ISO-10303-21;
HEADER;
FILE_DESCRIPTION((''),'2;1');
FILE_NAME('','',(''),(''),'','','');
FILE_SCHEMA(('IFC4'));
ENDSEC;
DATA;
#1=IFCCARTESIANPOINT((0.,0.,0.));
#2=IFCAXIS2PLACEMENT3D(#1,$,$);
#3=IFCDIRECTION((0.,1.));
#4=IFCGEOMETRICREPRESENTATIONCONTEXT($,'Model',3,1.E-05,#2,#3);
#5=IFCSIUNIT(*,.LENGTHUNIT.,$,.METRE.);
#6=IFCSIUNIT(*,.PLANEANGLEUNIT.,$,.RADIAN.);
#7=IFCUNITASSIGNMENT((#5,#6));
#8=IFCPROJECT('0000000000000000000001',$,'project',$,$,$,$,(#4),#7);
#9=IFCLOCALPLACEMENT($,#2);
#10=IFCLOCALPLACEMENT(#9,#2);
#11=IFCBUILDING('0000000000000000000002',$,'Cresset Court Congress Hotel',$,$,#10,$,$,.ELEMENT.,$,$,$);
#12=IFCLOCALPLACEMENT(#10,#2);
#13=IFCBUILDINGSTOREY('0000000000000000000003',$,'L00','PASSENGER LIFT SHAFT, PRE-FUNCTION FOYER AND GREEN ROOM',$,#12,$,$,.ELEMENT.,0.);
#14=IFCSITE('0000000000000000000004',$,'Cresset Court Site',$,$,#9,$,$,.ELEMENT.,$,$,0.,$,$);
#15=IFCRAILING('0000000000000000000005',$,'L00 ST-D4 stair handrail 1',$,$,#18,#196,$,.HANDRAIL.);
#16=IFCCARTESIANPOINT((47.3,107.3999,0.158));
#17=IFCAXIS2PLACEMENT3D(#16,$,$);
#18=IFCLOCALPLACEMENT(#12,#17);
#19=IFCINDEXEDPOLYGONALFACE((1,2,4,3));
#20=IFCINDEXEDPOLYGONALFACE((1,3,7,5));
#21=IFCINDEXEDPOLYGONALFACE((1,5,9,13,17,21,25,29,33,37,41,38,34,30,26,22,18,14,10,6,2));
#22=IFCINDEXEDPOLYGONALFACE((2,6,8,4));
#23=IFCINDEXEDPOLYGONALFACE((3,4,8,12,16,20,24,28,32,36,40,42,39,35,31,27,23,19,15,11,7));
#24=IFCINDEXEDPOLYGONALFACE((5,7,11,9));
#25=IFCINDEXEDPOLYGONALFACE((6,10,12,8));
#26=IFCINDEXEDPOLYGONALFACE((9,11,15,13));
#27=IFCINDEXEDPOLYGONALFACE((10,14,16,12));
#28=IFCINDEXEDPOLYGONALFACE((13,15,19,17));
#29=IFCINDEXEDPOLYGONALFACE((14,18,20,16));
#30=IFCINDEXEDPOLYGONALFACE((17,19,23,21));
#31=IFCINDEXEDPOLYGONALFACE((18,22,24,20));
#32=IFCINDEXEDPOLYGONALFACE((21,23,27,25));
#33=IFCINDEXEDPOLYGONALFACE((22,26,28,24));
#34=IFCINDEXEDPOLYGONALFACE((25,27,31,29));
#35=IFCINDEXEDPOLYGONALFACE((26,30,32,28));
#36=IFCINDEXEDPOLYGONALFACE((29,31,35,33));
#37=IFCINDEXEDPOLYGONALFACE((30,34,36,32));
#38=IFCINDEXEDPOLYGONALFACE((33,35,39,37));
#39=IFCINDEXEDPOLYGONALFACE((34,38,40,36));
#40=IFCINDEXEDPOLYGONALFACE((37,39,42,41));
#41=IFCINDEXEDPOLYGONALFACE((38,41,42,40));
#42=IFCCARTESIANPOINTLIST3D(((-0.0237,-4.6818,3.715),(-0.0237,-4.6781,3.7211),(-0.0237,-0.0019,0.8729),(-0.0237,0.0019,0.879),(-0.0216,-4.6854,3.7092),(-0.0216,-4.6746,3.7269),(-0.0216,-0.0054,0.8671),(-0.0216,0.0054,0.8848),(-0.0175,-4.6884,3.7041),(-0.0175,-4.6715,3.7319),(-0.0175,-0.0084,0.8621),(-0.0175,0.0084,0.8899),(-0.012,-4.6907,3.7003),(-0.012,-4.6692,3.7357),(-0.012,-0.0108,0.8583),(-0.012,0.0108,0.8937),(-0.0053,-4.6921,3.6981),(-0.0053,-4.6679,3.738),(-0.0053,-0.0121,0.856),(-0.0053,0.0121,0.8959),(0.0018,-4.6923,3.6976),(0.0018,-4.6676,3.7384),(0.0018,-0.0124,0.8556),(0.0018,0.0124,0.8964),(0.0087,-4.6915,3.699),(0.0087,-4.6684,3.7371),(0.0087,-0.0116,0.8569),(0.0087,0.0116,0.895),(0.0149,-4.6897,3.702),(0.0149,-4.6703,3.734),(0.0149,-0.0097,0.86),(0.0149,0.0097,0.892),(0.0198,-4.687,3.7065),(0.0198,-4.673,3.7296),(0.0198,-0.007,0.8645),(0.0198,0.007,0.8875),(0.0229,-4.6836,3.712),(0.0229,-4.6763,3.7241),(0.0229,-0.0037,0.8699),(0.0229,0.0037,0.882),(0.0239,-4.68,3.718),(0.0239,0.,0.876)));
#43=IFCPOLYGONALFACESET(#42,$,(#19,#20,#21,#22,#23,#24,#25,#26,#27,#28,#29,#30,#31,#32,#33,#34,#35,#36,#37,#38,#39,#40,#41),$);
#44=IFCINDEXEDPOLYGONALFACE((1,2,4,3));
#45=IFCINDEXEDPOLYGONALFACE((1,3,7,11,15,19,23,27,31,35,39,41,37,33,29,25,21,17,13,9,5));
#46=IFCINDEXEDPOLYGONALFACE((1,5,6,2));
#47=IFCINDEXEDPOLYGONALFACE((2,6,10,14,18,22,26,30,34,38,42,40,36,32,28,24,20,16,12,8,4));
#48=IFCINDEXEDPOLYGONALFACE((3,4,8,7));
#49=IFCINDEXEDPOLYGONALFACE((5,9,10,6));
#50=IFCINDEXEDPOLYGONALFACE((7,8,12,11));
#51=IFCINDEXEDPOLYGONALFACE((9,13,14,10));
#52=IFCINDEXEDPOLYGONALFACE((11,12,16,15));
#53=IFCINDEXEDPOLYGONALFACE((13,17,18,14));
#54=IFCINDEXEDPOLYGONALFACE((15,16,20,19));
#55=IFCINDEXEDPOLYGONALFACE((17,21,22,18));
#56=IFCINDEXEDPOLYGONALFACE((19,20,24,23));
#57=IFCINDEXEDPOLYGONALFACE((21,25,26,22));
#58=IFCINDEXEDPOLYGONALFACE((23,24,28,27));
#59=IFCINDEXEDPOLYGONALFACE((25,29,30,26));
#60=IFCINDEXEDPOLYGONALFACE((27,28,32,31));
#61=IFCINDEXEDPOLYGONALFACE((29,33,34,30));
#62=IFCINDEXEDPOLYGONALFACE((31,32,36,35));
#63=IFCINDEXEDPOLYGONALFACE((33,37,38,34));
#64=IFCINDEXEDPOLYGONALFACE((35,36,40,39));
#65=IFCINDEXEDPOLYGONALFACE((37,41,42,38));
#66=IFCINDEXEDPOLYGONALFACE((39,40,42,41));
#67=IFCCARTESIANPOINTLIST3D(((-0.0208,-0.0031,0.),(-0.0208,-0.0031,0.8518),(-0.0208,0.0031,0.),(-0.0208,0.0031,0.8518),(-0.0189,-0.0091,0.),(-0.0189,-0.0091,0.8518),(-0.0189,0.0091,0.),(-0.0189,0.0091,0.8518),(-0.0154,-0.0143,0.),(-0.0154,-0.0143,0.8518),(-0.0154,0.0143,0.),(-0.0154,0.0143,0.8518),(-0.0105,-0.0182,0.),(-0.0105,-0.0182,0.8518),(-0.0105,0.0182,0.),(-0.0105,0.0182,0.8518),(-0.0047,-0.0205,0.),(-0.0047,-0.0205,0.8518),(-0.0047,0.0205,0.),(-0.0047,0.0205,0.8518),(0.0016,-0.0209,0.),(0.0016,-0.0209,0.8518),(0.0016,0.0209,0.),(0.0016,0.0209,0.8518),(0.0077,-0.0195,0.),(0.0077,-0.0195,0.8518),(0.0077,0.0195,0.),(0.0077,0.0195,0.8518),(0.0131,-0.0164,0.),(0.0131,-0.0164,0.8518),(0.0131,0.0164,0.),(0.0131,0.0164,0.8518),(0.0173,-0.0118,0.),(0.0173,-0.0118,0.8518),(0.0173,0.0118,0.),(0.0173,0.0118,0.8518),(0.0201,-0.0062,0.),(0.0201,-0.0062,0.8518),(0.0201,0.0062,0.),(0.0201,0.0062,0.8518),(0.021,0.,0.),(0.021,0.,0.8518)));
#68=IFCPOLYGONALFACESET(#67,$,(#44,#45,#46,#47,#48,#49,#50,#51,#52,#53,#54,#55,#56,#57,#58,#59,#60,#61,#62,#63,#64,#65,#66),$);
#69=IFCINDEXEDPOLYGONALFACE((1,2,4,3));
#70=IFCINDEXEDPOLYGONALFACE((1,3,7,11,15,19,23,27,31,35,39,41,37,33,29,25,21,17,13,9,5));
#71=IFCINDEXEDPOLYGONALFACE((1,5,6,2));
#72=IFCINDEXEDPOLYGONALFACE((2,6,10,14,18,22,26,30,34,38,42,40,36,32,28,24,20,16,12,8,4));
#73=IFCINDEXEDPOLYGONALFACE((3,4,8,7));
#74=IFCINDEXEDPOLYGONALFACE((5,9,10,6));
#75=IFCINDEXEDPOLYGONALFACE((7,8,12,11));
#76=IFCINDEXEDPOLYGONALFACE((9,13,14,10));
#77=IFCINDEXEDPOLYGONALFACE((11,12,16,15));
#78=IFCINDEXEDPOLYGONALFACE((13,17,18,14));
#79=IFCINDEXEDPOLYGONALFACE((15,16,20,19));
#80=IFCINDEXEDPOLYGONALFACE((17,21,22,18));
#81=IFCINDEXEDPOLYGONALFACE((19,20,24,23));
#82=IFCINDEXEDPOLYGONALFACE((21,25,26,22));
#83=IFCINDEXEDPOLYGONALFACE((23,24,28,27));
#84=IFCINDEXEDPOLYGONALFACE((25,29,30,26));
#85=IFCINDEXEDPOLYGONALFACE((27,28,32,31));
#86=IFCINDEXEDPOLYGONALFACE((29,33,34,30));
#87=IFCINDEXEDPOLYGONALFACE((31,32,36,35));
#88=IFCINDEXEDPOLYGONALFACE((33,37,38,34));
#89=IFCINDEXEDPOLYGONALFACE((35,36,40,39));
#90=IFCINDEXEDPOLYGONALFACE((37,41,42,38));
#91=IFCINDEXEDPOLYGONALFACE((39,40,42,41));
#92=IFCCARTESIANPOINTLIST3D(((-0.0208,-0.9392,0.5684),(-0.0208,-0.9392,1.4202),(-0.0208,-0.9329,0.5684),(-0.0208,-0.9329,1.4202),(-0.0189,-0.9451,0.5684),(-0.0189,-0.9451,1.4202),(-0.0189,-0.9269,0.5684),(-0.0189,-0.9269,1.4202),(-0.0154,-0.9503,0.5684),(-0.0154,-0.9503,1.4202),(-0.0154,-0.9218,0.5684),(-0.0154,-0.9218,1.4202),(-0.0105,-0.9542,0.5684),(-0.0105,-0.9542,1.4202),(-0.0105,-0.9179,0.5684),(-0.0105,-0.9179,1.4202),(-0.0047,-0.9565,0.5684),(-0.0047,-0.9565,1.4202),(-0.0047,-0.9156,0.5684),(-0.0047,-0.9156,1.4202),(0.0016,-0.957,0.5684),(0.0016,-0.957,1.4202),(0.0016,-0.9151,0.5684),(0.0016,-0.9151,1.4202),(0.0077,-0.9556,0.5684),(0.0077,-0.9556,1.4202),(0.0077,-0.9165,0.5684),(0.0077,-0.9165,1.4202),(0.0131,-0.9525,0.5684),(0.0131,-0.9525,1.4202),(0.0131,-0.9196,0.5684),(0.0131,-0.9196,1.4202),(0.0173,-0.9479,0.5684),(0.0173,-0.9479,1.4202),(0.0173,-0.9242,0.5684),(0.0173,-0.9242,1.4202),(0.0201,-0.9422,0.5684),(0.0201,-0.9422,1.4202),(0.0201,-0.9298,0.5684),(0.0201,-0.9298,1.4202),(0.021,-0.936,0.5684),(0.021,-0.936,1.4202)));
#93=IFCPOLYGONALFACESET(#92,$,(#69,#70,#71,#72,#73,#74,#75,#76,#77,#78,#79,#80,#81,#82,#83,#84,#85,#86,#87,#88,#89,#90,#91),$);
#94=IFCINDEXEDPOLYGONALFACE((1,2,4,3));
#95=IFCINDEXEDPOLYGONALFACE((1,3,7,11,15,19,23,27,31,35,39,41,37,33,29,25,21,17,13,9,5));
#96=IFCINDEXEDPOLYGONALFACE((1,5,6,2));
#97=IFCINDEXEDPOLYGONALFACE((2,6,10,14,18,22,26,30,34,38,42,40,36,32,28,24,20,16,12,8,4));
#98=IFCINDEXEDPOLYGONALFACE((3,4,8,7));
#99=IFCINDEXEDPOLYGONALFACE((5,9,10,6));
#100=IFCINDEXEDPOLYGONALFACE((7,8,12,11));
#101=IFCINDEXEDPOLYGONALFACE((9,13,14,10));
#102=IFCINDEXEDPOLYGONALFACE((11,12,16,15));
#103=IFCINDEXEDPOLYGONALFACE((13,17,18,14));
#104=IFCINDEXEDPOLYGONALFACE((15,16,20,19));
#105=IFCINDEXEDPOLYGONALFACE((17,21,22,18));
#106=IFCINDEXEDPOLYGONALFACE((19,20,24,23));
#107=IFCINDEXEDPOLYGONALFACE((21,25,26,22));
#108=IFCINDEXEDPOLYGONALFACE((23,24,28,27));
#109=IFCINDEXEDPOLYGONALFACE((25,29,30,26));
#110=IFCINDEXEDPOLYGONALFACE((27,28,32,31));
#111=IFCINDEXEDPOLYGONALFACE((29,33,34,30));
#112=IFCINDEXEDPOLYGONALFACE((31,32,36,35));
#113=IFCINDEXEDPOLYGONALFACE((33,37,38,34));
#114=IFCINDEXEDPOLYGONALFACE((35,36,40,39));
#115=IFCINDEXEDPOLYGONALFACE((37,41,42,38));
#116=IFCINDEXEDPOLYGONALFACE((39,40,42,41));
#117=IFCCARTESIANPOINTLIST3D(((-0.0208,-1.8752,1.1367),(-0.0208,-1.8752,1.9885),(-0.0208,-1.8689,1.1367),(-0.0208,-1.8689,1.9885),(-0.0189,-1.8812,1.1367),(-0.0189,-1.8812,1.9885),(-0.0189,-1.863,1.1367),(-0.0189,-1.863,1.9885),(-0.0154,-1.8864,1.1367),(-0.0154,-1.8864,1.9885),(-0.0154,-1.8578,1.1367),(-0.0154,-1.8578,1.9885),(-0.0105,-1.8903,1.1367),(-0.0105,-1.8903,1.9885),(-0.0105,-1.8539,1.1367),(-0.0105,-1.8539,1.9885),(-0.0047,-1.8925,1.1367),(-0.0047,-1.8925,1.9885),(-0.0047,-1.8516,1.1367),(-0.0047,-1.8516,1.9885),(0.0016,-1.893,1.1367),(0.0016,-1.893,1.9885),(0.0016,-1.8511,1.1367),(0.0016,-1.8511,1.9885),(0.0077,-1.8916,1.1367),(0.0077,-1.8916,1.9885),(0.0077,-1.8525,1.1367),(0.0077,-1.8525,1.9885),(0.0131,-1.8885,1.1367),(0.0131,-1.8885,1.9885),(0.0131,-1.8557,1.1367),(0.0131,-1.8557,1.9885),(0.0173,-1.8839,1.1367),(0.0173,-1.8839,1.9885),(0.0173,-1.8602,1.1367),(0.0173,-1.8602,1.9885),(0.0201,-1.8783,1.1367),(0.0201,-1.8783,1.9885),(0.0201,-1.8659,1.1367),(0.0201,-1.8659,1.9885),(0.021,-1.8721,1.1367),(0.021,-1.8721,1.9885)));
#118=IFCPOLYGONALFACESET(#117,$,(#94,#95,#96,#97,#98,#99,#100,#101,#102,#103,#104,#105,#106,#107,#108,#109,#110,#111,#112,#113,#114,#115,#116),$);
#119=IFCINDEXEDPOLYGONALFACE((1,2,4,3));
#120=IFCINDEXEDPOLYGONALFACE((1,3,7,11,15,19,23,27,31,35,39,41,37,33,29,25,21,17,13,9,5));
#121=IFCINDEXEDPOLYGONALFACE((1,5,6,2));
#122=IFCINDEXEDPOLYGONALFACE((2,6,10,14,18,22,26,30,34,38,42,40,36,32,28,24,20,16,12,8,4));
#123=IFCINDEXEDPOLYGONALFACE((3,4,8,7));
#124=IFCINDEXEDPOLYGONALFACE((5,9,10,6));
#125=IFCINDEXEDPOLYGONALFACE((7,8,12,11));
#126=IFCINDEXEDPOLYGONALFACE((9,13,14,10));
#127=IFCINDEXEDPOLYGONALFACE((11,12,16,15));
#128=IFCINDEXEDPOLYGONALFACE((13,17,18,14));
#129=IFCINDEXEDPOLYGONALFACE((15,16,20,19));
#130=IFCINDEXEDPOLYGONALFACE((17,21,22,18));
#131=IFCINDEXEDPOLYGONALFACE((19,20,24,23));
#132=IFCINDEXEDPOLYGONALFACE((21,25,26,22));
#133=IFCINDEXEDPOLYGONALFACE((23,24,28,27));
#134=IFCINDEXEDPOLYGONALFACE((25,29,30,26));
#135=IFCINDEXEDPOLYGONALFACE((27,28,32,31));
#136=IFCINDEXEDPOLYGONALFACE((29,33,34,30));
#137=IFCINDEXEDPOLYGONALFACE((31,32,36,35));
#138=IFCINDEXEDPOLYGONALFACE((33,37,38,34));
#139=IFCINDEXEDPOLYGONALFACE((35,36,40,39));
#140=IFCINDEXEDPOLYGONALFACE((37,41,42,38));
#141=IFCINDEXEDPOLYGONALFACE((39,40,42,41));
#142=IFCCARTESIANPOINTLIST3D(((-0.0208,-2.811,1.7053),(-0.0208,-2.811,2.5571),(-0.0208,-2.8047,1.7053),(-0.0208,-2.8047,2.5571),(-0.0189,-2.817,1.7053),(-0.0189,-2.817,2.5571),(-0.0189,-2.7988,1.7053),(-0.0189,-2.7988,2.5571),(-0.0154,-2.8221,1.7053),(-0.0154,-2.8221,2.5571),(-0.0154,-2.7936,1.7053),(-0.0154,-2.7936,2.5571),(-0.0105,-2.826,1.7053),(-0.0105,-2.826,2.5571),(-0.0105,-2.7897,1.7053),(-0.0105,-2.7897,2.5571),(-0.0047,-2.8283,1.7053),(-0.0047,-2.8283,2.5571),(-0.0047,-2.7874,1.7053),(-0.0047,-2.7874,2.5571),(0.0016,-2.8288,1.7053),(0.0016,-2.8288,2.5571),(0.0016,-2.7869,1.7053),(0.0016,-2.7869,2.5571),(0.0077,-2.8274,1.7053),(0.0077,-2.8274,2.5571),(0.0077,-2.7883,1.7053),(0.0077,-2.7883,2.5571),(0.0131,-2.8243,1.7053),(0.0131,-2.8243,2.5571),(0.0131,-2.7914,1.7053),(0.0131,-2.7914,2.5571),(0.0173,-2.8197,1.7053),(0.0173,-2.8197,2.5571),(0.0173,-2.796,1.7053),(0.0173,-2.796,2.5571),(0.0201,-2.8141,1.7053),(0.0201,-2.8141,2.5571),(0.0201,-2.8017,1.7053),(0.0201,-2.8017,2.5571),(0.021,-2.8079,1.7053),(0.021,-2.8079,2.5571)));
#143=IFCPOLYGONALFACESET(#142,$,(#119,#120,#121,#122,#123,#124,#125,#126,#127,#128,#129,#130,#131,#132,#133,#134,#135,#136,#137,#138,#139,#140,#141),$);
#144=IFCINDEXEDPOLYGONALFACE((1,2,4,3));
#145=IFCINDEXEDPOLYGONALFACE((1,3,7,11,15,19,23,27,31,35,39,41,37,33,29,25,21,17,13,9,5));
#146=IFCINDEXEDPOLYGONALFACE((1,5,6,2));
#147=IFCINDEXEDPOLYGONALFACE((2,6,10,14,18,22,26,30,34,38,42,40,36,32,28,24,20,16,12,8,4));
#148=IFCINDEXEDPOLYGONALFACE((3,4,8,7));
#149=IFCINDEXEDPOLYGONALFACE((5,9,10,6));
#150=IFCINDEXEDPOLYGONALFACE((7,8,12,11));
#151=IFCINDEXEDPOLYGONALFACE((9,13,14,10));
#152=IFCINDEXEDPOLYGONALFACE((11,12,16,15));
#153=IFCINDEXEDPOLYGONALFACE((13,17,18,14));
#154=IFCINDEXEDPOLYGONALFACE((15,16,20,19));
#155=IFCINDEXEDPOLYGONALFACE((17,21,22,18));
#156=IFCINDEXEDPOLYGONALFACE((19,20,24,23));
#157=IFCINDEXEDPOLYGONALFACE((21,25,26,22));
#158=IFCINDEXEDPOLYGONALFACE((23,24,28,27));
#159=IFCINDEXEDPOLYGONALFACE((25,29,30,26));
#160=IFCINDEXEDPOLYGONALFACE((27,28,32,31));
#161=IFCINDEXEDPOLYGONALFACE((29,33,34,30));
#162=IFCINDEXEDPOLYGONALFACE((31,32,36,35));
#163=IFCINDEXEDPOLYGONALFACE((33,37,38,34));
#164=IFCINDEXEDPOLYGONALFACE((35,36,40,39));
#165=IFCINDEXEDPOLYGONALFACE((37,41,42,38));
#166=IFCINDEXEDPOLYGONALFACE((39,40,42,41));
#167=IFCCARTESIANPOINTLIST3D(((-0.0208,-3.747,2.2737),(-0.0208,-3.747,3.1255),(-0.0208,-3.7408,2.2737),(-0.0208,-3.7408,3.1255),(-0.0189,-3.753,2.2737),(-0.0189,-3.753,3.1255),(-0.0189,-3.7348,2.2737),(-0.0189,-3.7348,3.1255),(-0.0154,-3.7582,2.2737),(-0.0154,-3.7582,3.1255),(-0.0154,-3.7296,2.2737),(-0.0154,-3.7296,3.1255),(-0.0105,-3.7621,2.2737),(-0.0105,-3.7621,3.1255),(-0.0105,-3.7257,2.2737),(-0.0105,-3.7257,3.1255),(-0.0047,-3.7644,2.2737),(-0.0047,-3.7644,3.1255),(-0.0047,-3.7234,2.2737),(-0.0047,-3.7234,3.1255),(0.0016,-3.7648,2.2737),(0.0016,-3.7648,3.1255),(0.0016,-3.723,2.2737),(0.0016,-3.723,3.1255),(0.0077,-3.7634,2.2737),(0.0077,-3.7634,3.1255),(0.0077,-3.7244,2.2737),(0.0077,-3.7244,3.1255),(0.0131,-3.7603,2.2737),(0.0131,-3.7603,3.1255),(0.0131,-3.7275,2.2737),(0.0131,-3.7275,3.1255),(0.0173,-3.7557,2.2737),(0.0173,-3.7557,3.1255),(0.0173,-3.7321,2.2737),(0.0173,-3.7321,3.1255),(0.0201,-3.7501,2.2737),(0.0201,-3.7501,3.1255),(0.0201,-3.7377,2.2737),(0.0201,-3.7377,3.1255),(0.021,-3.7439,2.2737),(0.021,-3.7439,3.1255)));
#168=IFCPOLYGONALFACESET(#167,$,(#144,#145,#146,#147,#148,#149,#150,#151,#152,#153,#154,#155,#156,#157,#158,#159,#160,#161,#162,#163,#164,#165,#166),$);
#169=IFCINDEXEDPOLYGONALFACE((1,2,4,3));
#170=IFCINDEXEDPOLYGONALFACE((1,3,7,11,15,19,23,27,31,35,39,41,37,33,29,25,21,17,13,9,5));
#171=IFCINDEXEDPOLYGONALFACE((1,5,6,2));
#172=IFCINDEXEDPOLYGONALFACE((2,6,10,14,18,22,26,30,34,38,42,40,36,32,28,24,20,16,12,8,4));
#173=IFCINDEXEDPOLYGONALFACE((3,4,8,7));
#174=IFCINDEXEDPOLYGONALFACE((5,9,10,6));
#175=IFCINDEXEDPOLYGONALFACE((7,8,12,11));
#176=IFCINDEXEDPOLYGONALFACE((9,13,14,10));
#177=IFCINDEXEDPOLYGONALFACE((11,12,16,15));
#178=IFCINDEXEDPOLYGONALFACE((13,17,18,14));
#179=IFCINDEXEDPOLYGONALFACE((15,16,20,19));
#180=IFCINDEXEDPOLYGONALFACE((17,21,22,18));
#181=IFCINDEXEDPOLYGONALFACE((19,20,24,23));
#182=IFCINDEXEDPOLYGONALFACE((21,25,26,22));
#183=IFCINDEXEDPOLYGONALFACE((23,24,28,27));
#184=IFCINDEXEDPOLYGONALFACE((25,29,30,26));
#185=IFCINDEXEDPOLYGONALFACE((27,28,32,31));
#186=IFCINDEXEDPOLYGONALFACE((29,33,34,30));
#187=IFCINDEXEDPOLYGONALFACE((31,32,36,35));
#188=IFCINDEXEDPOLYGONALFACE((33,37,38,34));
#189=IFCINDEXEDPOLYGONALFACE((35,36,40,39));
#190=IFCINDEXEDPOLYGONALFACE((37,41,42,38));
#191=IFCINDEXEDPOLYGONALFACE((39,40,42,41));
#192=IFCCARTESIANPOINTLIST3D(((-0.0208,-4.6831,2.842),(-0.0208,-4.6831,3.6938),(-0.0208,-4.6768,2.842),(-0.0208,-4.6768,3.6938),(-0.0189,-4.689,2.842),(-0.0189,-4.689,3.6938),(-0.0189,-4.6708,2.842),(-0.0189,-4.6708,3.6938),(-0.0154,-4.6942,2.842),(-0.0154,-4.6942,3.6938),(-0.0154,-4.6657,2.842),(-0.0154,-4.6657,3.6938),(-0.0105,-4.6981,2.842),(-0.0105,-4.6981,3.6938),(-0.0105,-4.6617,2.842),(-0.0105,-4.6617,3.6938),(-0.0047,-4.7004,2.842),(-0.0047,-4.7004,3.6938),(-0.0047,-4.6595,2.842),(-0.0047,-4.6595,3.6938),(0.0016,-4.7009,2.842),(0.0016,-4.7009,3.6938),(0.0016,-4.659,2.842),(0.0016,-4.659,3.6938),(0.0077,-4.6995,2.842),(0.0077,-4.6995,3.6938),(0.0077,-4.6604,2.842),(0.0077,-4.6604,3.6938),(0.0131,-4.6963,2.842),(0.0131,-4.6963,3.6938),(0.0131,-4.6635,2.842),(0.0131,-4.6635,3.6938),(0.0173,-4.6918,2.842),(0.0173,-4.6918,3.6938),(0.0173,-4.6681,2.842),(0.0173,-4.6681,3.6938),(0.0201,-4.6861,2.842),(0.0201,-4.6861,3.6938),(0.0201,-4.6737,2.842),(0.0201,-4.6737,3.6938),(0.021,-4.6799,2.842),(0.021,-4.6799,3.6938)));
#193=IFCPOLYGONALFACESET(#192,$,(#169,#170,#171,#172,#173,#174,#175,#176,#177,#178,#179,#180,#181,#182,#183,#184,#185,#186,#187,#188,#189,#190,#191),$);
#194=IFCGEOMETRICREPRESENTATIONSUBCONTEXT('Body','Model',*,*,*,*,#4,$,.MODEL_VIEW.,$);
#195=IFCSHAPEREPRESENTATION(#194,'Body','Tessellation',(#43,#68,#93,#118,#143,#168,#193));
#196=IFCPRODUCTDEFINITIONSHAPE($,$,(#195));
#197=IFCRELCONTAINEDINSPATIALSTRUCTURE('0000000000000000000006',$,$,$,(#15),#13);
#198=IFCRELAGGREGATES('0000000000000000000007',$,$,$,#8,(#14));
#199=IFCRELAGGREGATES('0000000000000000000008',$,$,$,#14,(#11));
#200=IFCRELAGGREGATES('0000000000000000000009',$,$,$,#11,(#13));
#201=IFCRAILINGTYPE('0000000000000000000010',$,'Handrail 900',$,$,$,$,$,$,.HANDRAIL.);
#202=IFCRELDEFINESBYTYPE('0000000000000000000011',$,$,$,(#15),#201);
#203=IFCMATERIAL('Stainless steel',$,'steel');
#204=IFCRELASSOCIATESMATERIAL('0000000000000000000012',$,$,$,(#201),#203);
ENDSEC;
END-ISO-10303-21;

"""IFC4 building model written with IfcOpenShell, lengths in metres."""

from ifc_helpers import new_model, si_unit, direction, frame, origin, origin_2d, place, context, subcontext, project, spatial, circle, extrude, material, type_object, element, save


model = new_model("IFC4")

# Units and contexts
model_context = context("Model", 3, precision=1e-05, world=origin(), true_north=direction((0.0, 1.0)))
body_context = subcontext(model_context, "Body", "Model", "MODEL_VIEW")
ifc_project = project(units=[si_unit("LENGTHUNIT", "METRE"), si_unit("PLANEANGLEUNIT", "RADIAN")], contexts=[model_context])

# Site, building, storey
site_placement = place(None, origin())
site = spatial("IfcSite", under=ifc_project, at=site_placement, Name="Cresset Court Site", CompositionType="ELEMENT", RefElevation=0.0)
building_placement = place(site_placement, origin())
building = spatial("IfcBuilding", under=site, at=building_placement, Name="Cresset Court Congress Hotel", CompositionType="ELEMENT")
storey_placement = place(building_placement, origin())
storey = spatial("IfcBuildingStorey", under=building, at=storey_placement, Name="L00", Description="PASSENGER LIFT SHAFT, PRE-FUNCTION FOYER AND GREEN ROOM", CompositionType="ELEMENT", Elevation=0.0)

# Railing
ifc_material_1 = material(Name="Stainless steel", Category="steel")
railing_type_1 = type_object("IfcRailingType", Name="Handrail 900", PredefinedType="HANDRAIL", material=ifc_material_1)
railing_1_placement = place(storey_placement, frame((47.3, 107.3999, 0.158)))
element("IfcRailing", 1, at=railing_1_placement, inside=storey, type_object=railing_type_1, Name="L00 ST-D4 stair handrail 1", PredefinedType="HANDRAIL", context=body_context, shape_type="SweptSolid", body=[
    extrude(circle(Radius=0.0239, at=origin_2d()), frame((0.0, 0.0, 0.876), z_axis=(0.0, -0.854735, 0.519065), x_axis=(1.0, 0.0, 0.0)), (0.0, 0.0, 1.0), 5.4753),
    extrude(circle(Radius=0.021, at=origin_2d()), origin(), (0.0, 0.0, 1.0), 0.8518),
    extrude(circle(Radius=0.021, at=origin_2d()), frame((0.0, -0.936, 0.5684)), (0.0, 0.0, 1.0), 0.8518),
    extrude(circle(Radius=0.021, at=origin_2d()), frame((0.0, -1.8721, 1.1367)), (0.0, 0.0, 1.0), 0.8518),
    extrude(circle(Radius=0.021, at=origin_2d()), frame((0.0, -2.8079, 1.7053)), (0.0, 0.0, 1.0), 0.8518),
    extrude(circle(Radius=0.021, at=origin_2d()), frame((0.0, -3.7439, 2.2737)), (0.0, 0.0, 1.0), 0.8518),
    extrude(circle(Radius=0.021, at=origin_2d()), frame((0.0, -4.6799, 2.842)), (0.0, 0.0, 1.0), 0.8518),
])

save(model, "model.ifc")
